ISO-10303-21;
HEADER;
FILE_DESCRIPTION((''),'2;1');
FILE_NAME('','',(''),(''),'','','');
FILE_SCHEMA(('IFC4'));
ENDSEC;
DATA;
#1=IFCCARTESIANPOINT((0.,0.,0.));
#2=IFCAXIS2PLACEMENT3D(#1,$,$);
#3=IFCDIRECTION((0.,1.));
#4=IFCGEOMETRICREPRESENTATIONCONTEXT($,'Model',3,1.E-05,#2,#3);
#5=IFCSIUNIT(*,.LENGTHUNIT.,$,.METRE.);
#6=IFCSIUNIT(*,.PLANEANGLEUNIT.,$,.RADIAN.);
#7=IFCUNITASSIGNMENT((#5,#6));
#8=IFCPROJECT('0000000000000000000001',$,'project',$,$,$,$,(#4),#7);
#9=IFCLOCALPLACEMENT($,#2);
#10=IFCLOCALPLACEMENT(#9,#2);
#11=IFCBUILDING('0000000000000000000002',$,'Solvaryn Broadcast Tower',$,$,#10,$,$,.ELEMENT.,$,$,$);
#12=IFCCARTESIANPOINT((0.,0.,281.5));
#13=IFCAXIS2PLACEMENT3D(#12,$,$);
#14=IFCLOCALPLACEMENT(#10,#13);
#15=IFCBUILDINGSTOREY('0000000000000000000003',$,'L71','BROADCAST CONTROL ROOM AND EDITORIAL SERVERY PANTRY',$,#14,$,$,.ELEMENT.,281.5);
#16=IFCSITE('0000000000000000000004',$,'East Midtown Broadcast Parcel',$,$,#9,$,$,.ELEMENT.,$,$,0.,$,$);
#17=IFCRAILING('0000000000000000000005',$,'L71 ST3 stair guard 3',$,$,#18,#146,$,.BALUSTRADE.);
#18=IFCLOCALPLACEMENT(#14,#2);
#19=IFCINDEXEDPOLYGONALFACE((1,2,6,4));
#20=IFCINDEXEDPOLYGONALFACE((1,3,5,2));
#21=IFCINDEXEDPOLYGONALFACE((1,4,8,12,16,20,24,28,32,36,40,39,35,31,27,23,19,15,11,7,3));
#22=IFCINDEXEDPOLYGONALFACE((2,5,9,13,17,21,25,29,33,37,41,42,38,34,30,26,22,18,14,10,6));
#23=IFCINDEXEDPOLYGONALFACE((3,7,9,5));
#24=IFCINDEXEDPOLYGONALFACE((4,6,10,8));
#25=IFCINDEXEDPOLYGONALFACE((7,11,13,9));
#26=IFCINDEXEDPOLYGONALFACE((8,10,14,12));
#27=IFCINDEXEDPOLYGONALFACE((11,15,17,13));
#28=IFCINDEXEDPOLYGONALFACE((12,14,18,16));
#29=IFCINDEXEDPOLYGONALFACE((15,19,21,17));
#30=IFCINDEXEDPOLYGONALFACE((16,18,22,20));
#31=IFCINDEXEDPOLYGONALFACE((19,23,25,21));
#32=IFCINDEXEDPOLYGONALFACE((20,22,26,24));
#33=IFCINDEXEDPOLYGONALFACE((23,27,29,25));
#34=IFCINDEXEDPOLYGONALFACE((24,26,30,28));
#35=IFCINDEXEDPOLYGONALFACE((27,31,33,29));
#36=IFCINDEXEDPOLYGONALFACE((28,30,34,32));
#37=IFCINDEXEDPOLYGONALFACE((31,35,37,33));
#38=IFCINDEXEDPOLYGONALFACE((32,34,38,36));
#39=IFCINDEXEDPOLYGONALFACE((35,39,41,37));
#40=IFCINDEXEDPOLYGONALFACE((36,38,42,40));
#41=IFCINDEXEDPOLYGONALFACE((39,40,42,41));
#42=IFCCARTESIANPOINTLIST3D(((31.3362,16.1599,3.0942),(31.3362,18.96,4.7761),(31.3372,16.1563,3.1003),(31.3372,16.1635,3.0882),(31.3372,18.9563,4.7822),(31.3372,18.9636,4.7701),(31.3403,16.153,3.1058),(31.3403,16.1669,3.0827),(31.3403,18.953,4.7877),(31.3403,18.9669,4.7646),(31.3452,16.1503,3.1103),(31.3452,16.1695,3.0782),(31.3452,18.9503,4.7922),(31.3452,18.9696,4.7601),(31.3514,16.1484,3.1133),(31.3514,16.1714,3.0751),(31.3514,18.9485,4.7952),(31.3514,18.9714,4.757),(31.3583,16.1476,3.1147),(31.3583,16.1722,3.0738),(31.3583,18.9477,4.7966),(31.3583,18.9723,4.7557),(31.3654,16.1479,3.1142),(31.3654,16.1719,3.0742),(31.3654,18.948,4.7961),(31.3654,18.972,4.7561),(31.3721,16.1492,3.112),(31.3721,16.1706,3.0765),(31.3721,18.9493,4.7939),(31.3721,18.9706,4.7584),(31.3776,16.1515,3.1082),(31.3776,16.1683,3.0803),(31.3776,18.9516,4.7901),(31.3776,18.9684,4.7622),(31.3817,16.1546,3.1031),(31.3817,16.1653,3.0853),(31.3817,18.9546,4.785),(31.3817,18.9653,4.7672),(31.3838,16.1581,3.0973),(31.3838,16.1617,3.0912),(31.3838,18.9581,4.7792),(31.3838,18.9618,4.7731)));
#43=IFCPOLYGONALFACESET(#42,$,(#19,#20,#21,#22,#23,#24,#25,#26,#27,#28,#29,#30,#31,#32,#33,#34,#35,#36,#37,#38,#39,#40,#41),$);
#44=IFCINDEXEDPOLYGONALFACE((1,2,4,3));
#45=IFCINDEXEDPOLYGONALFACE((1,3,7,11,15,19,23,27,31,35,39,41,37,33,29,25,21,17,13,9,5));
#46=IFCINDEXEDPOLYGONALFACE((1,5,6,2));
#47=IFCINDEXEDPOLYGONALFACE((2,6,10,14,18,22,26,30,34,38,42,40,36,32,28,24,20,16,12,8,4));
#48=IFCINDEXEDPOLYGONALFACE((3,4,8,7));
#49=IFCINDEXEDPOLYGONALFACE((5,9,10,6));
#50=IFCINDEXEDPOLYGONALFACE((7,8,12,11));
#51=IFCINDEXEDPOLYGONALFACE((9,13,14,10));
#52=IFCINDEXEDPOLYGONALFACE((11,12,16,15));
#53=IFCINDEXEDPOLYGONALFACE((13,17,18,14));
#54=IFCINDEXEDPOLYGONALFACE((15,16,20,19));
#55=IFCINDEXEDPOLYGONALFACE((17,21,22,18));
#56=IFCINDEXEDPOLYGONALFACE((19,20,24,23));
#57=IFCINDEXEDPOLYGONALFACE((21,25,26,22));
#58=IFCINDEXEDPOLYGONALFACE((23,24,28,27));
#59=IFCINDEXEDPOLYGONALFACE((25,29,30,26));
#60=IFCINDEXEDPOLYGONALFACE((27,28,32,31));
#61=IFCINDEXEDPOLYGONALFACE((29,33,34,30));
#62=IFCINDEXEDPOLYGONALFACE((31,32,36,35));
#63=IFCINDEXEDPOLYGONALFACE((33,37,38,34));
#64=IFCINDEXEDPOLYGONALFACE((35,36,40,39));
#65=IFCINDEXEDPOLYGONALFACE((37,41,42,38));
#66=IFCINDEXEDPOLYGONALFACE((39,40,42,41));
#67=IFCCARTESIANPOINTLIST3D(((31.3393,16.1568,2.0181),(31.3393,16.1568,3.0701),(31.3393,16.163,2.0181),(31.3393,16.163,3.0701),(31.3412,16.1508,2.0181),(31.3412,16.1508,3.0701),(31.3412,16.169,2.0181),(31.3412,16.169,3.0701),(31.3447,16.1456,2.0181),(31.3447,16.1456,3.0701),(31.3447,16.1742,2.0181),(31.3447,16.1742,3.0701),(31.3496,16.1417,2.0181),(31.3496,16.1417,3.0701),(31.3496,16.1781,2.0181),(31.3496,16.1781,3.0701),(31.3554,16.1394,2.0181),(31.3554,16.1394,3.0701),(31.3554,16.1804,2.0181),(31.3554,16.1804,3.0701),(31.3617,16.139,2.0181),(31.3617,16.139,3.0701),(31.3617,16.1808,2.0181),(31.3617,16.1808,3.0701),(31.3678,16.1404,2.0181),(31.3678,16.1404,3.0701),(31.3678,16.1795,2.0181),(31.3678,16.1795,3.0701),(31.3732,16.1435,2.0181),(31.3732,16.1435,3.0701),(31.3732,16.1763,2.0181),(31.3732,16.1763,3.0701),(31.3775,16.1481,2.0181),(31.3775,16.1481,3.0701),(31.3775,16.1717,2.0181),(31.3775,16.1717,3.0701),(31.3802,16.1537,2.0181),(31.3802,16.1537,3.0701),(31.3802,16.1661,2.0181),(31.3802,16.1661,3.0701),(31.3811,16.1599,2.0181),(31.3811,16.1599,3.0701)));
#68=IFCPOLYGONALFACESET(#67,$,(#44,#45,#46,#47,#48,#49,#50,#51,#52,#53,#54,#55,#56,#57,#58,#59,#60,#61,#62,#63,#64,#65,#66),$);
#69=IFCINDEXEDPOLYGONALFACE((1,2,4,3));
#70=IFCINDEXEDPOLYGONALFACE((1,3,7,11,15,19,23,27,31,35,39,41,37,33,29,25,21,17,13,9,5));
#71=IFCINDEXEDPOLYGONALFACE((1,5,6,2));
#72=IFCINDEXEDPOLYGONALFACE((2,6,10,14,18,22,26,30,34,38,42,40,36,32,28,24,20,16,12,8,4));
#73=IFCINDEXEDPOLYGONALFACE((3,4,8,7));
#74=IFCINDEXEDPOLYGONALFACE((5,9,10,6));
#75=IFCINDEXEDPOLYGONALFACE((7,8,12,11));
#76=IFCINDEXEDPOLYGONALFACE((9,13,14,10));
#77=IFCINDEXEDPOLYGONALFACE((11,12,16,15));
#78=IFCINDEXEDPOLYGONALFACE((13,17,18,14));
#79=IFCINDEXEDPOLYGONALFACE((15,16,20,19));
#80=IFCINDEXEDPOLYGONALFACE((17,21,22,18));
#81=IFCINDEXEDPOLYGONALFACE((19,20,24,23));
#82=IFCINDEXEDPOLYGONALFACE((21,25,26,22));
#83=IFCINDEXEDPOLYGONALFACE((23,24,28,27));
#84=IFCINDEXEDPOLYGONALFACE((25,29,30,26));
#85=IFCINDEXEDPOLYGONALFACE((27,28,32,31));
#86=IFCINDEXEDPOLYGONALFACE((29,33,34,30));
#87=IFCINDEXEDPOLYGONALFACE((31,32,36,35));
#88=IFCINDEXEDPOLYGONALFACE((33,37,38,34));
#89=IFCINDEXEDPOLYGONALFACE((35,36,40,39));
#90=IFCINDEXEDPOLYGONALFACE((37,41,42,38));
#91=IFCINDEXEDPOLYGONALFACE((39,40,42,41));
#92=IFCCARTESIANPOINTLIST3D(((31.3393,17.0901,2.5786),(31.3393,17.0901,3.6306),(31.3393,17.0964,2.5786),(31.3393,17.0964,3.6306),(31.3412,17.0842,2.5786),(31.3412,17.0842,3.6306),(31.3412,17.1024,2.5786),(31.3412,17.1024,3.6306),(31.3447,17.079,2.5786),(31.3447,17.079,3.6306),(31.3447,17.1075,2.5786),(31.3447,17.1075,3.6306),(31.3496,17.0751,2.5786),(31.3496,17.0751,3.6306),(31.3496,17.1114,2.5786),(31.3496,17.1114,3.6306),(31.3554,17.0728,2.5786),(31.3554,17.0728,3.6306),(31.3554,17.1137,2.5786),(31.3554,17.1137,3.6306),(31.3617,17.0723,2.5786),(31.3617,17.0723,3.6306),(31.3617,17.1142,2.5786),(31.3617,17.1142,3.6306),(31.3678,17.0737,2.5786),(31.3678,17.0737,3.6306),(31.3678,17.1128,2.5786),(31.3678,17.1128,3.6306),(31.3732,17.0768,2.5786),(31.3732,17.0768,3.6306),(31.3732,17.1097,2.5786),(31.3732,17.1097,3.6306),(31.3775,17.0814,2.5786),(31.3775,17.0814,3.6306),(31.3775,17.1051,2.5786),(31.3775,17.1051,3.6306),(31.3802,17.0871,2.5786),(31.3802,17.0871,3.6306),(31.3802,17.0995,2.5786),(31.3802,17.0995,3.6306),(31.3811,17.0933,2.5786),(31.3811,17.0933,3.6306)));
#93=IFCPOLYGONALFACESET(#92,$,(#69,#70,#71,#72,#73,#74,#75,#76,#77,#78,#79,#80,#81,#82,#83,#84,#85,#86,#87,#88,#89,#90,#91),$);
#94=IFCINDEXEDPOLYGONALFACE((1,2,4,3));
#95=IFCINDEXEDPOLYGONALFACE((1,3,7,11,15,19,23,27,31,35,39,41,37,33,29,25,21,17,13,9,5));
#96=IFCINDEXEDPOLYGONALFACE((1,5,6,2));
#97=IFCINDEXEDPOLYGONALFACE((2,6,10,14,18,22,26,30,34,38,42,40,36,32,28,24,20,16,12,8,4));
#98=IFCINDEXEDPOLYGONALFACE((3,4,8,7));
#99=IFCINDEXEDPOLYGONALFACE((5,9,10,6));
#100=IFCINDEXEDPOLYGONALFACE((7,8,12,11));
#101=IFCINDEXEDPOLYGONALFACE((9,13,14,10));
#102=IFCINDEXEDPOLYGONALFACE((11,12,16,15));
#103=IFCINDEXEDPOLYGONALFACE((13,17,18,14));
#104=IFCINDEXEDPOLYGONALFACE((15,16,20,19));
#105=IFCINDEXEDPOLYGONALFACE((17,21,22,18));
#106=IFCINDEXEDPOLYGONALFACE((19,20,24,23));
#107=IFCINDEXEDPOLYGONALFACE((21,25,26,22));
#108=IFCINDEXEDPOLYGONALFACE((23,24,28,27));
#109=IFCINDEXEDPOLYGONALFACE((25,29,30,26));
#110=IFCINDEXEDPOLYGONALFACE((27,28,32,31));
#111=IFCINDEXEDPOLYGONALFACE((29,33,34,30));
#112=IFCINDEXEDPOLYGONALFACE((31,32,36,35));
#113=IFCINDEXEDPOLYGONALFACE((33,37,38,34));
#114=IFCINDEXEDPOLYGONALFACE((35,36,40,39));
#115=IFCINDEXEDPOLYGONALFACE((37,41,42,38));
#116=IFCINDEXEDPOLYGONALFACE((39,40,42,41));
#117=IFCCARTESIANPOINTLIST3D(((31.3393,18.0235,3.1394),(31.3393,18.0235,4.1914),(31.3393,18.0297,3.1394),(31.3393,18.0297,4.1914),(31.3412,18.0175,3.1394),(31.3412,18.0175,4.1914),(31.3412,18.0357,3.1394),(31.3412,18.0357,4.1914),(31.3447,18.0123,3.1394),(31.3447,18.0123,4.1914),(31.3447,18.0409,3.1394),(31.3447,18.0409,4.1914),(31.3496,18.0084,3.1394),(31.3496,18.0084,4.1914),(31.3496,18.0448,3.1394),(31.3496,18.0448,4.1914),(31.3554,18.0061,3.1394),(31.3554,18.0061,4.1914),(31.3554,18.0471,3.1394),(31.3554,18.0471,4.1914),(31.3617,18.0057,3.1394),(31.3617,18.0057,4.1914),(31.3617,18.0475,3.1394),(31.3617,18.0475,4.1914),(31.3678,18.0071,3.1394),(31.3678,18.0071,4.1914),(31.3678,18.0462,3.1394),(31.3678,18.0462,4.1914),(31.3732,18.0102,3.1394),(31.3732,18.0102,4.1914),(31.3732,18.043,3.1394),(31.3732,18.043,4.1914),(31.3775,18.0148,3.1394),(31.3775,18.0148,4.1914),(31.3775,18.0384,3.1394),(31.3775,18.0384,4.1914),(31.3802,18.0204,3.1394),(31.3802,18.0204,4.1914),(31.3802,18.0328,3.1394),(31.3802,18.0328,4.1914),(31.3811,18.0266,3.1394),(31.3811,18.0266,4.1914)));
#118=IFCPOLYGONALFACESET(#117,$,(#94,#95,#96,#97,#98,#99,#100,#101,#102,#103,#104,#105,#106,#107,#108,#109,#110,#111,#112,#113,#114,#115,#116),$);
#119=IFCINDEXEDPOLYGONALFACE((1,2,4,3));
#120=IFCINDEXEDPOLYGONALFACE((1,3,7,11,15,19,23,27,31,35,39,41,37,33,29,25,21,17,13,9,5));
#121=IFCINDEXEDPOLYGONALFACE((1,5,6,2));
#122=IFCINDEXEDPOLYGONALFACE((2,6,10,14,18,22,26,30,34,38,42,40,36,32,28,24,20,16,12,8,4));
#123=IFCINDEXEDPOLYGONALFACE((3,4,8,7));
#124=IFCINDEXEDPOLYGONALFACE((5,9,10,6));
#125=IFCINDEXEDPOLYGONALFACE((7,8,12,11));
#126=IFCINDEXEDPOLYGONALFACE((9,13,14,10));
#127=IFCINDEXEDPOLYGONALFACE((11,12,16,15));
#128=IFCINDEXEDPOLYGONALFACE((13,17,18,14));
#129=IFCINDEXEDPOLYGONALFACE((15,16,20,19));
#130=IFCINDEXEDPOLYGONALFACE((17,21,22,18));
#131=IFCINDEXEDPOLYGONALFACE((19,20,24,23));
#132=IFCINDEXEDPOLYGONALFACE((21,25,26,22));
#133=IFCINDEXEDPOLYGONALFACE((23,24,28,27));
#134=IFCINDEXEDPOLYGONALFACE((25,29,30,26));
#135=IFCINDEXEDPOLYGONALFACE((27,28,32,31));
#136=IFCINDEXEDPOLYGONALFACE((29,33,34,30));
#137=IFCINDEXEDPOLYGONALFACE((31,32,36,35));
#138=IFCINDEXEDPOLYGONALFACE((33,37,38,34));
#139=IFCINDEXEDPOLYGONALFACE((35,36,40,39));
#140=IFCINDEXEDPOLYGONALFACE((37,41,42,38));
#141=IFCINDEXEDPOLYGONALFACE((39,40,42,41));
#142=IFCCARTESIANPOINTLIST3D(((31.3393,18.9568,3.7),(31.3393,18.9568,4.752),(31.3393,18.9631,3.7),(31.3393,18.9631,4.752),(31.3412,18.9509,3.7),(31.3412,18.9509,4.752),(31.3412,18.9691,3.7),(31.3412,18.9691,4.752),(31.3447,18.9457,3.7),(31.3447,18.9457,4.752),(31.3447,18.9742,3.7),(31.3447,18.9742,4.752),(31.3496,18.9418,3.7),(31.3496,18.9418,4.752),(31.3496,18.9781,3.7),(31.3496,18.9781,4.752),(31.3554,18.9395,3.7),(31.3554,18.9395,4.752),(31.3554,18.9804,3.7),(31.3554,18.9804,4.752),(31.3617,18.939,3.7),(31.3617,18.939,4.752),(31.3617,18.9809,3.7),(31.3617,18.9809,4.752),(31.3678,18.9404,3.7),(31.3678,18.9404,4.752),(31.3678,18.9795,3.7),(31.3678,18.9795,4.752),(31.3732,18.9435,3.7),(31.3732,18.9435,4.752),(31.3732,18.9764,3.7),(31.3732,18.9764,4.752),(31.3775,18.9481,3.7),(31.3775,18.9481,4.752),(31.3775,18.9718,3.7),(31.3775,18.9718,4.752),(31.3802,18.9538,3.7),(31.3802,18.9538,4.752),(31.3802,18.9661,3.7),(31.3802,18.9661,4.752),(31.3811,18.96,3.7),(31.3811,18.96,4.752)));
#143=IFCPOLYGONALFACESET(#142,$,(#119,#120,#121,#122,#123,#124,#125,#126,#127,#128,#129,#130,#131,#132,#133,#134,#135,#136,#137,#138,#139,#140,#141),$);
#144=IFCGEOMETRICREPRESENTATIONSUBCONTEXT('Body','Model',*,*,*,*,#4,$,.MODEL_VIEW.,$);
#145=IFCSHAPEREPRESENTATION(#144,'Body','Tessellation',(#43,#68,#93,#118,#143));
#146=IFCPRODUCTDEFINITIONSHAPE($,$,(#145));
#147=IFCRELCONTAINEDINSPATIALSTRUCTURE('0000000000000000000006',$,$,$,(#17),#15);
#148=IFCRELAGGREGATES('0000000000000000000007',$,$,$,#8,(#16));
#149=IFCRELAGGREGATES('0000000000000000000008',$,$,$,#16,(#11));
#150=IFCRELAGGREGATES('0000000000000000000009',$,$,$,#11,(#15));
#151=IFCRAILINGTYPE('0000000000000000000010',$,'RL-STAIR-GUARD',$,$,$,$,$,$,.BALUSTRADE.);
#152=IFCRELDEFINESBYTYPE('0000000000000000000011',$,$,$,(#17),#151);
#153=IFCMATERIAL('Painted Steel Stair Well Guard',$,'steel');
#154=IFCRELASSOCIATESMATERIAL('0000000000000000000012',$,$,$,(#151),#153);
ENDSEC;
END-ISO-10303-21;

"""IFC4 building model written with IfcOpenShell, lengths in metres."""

from ifc_helpers import new_model, si_unit, direction, frame, origin, origin_2d, place, context, subcontext, project, spatial, circle, extrude, material, type_object, element, save


model = new_model("IFC4")

# Units and contexts
model_context = context("Model", 3, precision=1e-05, world=origin(), true_north=direction((0.0, 1.0)))
body_context = subcontext(model_context, "Body", "Model", "MODEL_VIEW")
ifc_project = project(units=[si_unit("LENGTHUNIT", "METRE"), si_unit("PLANEANGLEUNIT", "RADIAN")], contexts=[model_context])

# Site, building, storey
site_placement = place(None, origin())
site = spatial("IfcSite", under=ifc_project, at=site_placement, Name="East Midtown Broadcast Parcel", CompositionType="ELEMENT", RefElevation=0.0)
building_placement = place(site_placement, origin())
building = spatial("IfcBuilding", under=site, at=building_placement, Name="Solvaryn Broadcast Tower", CompositionType="ELEMENT")
storey_placement = place(building_placement, frame((0.0, 0.0, 281.5)))
storey = spatial("IfcBuildingStorey", under=building, at=storey_placement, Name="L71", Description="BROADCAST CONTROL ROOM AND EDITORIAL SERVERY PANTRY", CompositionType="ELEMENT", Elevation=281.5)

# Railing
ifc_material_1 = material(Name="Painted Steel Stair Well Guard", Category="steel")
railing_type_1 = type_object("IfcRailingType", Name="RL-STAIR-GUARD", PredefinedType="BALUSTRADE", material=ifc_material_1)
railing_1_placement = place(storey_placement, frame((31.3601, 16.1599, 2.0181)))
element("IfcRailing", 1, at=railing_1_placement, inside=storey, type_object=railing_type_1, Name="L71 ST3 stair guard 3", PredefinedType="BALUSTRADE", context=body_context, shape_type="SweptSolid", body=[
    extrude(circle(Radius=0.0239, at=origin_2d()), frame((0.0, 0.0, 1.0762), z_axis=(0.0, 0.857242, 0.514913), x_axis=(-1.0, 0.0, 0.0)), (0.0, 0.0, 1.0), 3.2664),
    extrude(circle(Radius=0.021, at=origin_2d()), origin(), (0.0, 0.0, 1.0), 1.052),
    extrude(circle(Radius=0.021, at=origin_2d()), frame((0.0, 0.9333, 0.5605)), (0.0, 0.0, 1.0), 1.052),
    extrude(circle(Radius=0.021, at=origin_2d()), frame((0.0, 1.8667, 1.1213)), (0.0, 0.0, 1.0), 1.052),
    extrude(circle(Radius=0.021, at=origin_2d()), frame((0.0, 2.8, 1.6819)), (0.0, 0.0, 1.0), 1.052),
])

save(model, "model.ifc")
